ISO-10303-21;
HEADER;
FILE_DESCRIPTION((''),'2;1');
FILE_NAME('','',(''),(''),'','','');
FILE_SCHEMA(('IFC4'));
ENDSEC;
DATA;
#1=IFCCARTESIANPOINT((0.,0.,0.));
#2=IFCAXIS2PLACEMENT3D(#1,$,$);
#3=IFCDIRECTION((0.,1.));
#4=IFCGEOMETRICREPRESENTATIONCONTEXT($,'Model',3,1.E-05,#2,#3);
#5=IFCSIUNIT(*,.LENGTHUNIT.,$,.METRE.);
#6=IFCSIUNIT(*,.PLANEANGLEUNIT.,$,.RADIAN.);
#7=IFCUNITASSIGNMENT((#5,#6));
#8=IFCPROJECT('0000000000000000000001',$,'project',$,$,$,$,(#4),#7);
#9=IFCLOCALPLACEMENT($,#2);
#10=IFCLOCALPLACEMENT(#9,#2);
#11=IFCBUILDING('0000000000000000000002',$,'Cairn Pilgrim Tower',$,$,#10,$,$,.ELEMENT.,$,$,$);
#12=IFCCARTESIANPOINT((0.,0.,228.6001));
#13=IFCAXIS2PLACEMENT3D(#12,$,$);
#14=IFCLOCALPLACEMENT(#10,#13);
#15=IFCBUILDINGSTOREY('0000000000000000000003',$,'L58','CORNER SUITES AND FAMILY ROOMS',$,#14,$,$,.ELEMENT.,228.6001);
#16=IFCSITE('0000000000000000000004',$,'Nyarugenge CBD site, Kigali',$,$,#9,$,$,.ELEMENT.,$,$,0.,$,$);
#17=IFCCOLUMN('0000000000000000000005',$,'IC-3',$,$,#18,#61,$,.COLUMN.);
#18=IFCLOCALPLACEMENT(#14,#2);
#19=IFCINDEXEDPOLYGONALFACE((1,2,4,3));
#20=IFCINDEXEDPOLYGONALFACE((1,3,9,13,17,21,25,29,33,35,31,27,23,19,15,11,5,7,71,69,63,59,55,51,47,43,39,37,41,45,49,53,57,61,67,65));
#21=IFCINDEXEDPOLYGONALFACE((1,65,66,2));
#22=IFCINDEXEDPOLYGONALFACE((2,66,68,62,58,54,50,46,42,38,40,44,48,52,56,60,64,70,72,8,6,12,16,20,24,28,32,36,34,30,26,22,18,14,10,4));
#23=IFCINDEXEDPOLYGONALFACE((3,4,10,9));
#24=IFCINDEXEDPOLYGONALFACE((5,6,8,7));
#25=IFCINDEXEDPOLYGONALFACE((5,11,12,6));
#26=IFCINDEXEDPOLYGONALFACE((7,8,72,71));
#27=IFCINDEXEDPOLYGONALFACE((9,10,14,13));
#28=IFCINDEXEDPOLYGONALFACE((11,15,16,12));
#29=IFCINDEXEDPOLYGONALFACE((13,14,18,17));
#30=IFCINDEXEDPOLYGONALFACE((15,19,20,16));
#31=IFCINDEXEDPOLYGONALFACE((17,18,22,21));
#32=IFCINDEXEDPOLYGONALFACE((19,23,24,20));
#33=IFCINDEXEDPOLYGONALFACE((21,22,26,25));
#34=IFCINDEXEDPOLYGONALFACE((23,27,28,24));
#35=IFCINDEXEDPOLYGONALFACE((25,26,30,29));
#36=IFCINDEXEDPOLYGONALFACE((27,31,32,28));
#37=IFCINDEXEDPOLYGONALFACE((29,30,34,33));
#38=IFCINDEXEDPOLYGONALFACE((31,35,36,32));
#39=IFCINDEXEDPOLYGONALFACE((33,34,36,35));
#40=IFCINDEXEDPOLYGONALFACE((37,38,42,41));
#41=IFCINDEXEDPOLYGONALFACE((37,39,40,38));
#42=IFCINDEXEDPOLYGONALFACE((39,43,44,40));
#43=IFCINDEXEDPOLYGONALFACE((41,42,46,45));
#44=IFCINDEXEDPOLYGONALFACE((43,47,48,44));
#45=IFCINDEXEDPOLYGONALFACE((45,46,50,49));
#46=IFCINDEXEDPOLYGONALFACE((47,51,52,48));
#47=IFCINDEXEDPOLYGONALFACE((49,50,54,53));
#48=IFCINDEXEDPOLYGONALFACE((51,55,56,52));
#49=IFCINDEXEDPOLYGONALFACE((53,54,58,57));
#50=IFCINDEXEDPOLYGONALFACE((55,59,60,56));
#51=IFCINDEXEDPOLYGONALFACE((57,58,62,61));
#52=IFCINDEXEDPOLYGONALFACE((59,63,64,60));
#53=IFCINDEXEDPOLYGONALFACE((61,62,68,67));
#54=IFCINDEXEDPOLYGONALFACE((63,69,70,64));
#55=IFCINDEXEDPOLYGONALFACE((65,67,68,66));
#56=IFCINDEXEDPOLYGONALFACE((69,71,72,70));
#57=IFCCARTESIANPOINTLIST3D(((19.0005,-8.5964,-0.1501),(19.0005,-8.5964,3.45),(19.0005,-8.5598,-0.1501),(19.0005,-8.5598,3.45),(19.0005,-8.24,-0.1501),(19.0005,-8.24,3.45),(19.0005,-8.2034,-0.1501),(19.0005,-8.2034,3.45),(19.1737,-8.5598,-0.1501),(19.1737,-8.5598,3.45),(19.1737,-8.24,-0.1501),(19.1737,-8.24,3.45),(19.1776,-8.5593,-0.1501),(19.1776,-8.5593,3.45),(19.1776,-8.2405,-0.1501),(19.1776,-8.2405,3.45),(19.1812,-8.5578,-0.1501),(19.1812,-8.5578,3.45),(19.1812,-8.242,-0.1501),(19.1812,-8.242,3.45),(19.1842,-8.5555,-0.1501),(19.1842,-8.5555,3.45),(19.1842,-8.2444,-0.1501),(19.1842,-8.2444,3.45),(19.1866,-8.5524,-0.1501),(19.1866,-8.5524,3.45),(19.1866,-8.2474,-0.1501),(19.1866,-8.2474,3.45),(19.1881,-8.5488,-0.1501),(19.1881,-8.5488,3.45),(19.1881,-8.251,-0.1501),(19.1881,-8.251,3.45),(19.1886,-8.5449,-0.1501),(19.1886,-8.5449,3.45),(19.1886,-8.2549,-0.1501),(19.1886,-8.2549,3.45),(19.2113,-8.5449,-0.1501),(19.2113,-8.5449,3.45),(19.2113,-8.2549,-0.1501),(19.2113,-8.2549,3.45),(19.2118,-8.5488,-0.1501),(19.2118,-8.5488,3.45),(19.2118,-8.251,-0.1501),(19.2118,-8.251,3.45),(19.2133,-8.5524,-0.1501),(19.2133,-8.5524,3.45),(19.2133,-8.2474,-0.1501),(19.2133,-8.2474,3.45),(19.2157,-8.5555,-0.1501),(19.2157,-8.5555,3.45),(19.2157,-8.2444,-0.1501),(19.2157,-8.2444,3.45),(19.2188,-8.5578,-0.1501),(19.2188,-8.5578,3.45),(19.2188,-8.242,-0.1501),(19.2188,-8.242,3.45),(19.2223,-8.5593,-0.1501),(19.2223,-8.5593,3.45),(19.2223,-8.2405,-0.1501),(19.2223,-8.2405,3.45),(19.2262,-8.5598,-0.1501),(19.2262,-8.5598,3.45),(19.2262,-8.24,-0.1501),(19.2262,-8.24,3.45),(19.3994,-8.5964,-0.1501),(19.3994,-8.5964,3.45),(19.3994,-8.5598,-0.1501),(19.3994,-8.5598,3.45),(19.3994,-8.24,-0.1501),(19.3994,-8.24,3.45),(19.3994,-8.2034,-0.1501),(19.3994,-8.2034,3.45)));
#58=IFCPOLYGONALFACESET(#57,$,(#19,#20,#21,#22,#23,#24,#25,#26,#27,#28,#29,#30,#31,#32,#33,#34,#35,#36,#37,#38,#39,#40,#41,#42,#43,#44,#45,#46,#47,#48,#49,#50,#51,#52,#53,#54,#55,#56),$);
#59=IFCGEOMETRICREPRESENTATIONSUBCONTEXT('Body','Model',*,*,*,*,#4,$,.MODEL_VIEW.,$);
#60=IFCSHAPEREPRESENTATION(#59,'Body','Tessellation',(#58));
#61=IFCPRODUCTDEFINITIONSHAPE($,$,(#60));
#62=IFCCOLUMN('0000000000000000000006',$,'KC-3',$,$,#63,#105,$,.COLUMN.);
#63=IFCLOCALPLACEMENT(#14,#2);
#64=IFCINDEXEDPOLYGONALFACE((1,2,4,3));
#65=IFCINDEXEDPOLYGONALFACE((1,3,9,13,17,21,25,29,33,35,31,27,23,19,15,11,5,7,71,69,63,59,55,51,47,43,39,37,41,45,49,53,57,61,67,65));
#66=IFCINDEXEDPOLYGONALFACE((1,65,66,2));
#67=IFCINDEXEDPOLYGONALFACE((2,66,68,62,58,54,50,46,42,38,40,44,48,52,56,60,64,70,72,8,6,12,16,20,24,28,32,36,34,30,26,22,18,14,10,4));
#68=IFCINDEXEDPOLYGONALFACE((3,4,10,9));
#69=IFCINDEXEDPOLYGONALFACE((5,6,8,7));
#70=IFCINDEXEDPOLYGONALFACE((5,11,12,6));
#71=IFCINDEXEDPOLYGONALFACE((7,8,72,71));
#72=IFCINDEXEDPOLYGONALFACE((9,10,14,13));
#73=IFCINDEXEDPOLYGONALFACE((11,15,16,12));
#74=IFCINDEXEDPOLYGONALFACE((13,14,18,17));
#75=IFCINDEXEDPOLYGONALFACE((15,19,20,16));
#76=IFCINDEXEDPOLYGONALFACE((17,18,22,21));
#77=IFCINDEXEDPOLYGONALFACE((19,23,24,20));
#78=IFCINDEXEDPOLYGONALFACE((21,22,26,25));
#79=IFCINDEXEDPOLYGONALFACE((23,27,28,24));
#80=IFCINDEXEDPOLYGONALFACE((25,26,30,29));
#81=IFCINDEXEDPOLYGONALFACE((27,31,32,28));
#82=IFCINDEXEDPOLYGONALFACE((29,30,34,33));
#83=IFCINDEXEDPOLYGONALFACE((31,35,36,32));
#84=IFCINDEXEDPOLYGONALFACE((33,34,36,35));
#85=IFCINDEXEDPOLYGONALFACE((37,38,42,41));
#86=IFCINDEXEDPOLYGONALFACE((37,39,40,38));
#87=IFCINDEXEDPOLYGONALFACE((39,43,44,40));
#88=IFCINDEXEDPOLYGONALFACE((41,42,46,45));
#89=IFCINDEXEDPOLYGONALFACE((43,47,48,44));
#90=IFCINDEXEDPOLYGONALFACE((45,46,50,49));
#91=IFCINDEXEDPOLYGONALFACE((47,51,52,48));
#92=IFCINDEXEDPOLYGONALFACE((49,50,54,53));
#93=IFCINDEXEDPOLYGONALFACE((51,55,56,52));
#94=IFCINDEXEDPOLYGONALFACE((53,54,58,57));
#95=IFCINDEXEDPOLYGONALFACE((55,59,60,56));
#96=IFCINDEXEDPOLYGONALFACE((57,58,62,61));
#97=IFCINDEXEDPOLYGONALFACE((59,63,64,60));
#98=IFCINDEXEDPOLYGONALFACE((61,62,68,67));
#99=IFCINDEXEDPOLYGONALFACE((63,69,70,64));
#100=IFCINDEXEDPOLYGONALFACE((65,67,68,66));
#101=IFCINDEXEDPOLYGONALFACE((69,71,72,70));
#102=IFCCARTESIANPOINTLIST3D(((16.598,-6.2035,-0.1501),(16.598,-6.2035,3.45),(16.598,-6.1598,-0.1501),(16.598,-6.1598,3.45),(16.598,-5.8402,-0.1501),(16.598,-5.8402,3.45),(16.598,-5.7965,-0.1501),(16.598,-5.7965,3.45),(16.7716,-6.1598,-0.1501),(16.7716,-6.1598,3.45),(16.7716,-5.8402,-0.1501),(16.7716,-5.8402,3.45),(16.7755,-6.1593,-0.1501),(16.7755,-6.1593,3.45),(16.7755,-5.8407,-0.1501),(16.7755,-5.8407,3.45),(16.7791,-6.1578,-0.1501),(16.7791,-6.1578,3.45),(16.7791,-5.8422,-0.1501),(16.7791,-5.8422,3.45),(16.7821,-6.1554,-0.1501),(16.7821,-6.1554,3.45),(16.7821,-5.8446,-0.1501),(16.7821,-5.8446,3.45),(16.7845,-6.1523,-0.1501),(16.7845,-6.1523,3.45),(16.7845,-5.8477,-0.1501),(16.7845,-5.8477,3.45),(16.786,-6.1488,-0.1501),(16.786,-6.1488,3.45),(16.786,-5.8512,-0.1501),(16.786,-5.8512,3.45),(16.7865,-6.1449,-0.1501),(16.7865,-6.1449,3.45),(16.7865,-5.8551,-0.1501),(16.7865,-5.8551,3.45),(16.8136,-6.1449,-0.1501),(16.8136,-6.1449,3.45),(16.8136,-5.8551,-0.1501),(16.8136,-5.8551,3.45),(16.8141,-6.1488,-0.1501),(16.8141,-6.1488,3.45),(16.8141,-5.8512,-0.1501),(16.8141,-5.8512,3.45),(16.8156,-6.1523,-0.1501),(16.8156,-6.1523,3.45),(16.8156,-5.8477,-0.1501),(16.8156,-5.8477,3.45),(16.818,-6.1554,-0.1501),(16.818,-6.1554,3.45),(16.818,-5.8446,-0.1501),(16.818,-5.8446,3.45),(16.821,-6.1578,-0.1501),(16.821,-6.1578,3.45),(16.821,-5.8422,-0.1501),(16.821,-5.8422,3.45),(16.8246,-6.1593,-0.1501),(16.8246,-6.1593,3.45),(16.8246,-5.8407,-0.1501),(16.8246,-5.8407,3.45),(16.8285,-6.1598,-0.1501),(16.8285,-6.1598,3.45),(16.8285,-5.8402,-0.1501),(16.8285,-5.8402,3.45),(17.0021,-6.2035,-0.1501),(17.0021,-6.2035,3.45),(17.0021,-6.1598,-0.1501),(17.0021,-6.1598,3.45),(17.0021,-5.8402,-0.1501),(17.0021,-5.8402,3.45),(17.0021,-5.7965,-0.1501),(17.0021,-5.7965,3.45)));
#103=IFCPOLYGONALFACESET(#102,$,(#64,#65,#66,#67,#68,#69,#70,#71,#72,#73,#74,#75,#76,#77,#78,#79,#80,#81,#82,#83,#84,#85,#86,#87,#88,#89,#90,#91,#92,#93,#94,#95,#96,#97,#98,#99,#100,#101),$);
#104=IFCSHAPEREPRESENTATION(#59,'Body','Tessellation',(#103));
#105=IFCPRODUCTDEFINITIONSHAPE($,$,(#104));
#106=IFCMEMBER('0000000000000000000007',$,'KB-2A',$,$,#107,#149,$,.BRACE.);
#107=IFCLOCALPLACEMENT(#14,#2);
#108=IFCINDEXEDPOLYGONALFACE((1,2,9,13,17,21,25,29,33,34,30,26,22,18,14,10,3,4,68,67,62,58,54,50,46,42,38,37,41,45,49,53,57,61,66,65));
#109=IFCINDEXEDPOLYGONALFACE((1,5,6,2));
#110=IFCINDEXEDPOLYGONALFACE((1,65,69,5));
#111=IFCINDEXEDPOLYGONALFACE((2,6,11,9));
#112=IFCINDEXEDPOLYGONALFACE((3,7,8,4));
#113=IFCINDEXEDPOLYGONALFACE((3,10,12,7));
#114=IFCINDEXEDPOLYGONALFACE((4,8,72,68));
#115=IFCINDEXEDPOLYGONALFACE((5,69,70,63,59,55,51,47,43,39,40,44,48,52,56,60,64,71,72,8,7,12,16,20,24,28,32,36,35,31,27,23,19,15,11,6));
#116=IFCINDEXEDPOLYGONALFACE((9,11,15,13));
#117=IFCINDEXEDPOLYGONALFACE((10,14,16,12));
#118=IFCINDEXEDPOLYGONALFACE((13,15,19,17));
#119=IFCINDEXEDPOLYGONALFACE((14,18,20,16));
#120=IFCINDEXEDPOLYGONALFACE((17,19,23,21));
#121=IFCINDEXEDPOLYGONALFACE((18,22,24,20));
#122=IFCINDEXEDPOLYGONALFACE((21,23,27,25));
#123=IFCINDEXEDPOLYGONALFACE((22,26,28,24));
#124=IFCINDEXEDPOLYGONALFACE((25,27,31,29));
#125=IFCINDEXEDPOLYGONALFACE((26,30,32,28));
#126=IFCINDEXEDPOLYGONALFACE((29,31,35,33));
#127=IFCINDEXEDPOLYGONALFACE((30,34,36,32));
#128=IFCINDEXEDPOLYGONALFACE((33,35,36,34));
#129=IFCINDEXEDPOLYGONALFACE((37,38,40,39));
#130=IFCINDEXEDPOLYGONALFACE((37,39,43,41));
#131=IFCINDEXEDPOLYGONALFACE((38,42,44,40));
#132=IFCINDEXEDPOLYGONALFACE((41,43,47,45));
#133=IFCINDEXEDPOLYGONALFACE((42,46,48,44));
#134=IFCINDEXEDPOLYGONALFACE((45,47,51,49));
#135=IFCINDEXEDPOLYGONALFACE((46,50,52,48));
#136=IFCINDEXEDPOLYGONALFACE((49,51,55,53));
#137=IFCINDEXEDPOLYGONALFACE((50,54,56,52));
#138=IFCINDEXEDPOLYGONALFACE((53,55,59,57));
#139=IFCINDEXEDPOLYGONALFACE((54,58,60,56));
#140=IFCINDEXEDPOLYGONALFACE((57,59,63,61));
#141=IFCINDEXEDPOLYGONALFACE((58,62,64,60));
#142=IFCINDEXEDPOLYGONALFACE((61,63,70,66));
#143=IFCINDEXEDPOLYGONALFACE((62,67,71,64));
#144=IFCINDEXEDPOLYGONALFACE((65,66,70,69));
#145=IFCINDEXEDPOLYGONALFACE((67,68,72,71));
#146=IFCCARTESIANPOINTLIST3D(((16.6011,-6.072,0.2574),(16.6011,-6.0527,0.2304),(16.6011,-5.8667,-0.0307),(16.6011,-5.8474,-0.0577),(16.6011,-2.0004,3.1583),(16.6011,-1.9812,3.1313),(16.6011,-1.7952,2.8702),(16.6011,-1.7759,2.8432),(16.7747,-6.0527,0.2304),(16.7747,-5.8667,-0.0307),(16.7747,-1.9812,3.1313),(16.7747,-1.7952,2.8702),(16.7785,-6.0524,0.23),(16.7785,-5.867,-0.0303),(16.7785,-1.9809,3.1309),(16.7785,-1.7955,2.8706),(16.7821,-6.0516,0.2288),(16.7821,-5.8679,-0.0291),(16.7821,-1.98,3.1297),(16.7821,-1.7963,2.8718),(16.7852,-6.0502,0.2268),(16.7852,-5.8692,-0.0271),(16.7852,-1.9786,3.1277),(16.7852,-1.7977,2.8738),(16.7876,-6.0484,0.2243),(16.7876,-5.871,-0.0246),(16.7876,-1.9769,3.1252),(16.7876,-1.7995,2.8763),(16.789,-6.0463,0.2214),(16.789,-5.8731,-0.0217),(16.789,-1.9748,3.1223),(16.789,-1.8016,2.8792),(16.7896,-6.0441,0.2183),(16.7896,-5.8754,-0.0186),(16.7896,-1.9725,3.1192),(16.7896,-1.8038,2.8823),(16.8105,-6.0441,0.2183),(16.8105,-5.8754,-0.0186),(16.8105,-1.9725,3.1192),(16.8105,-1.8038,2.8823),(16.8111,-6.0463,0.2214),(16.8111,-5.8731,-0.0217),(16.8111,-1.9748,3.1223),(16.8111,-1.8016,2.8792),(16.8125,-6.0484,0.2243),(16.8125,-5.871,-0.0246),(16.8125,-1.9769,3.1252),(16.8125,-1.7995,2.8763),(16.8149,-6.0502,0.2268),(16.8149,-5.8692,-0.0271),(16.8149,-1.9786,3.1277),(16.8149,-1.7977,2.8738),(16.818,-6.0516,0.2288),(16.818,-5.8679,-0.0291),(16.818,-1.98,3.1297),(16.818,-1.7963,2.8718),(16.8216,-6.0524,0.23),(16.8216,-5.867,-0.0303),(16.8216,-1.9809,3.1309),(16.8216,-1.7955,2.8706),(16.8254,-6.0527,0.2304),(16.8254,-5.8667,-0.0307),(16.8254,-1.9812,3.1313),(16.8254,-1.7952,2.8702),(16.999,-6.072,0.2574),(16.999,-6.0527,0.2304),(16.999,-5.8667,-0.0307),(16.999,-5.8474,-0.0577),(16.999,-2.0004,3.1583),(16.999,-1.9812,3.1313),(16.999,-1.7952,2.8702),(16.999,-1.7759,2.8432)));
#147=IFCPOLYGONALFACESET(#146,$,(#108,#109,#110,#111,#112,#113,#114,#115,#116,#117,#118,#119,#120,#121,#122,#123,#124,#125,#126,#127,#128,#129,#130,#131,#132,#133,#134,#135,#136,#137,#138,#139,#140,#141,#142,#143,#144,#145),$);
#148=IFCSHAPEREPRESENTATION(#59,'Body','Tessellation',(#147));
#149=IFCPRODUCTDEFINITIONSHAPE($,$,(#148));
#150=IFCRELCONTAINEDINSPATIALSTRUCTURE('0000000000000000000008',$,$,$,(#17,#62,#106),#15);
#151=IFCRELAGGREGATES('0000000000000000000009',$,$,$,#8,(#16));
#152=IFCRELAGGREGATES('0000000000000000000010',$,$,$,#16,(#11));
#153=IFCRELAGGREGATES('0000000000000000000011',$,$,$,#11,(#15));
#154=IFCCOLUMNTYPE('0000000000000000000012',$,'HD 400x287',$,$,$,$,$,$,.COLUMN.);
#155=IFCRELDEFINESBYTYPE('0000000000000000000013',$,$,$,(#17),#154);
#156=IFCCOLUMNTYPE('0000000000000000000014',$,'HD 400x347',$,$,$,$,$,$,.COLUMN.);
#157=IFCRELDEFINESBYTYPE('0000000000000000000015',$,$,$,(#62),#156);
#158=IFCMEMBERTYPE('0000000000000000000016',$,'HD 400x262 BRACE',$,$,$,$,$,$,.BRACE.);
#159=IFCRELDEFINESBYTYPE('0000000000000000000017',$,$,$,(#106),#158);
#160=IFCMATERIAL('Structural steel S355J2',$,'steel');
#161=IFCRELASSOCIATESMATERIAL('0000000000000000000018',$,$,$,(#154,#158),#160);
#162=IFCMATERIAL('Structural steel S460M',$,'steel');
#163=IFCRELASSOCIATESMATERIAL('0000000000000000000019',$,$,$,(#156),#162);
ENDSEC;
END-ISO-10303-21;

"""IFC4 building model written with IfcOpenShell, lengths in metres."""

from ifc_helpers import new_model, si_unit, direction, frame, origin, origin_2d, place, context, subcontext, project, spatial, i_section, extrude, material, material_profile, profile_set, type_object, element, save


model = new_model("IFC4")

# Units and contexts
model_context = context("Model", 3, precision=1e-05, world=origin(), true_north=direction((0.0, 1.0)))
body_context = subcontext(model_context, "Body", "Model", "MODEL_VIEW")
ifc_project = project(units=[si_unit("LENGTHUNIT", "METRE"), si_unit("PLANEANGLEUNIT", "RADIAN")], contexts=[model_context])

# Site, building, storey
site_placement = place(None, origin())
site = spatial("IfcSite", under=ifc_project, at=site_placement, Name="Nyarugenge CBD site, Kigali", CompositionType="ELEMENT", RefElevation=0.0)
building_placement = place(site_placement, origin())
building = spatial("IfcBuilding", under=site, at=building_placement, Name="Cairn Pilgrim Tower", CompositionType="ELEMENT")
storey_placement = place(building_placement, frame((0.0, 0.0, 228.6001)))
storey = spatial("IfcBuildingStorey", under=building, at=storey_placement, Name="L58", Description="CORNER SUITES AND FAMILY ROOMS", CompositionType="ELEMENT", Elevation=228.6001)

# Columns
ifc_material_1 = material(Name="Structural steel S355J2", Category="steel")
ifc_material_profile_1 = material_profile(ifc_material_1, i_section(OverallWidth=0.3989, OverallDepth=0.3931, WebThickness=0.0227, FlangeThickness=0.0366, FilletRadius=0.0149, at=origin_2d()), Name="HD 400x287")
ifc_profile_set_1 = profile_set([ifc_material_profile_1], Name="Structural steel S355J2")
column_type_1 = type_object("IfcColumnType", Name="HD 400x287", PredefinedType="COLUMN", material=ifc_profile_set_1)
column_1_placement = place(storey_placement, frame((19.2, -8.3999, -0.1501), z_axis=(0.0, 0.0, 1.0), x_axis=(1.0, 0.0, 0.0)))
element("IfcColumn", 1, at=column_1_placement, inside=storey, type_object=column_type_1, Name="IC-3", PredefinedType="COLUMN", context=body_context, shape_type="SweptSolid", body=[
    extrude(i_section(OverallWidth=0.3989, OverallDepth=0.3931, WebThickness=0.0227, FlangeThickness=0.0366, FilletRadius=0.0149, at=origin_2d()), origin(), (0.0, 0.0, 1.0), 3.6001),
])
ifc_material_2 = material(Name="Structural steel S460M", Category="steel")
ifc_material_profile_2 = material_profile(ifc_material_2, i_section(OverallWidth=0.4041, OverallDepth=0.407, WebThickness=0.0271, FlangeThickness=0.0437, FilletRadius=0.0149, at=origin_2d()), Name="HD 400x347")
ifc_profile_set_2 = profile_set([ifc_material_profile_2], Name="Structural steel S460M")
column_type_2 = type_object("IfcColumnType", Name="HD 400x347", PredefinedType="COLUMN", material=ifc_profile_set_2)
column_2_placement = place(storey_placement, frame((16.8, -6.0, -0.1501), z_axis=(0.0, 0.0, 1.0), x_axis=(1.0, 0.0, 0.0)))
element("IfcColumn", 2, at=column_2_placement, inside=storey, type_object=column_type_2, Name="KC-3", PredefinedType="COLUMN", context=body_context, shape_type="SweptSolid", body=[
    extrude(i_section(OverallWidth=0.4041, OverallDepth=0.407, WebThickness=0.0271, FlangeThickness=0.0437, FilletRadius=0.0149, at=origin_2d()), origin(), (0.0, 0.0, 1.0), 3.6001),
])

# Member
ifc_material_profile_3 = material_profile(ifc_material_1, i_section(OverallWidth=0.3979, OverallDepth=0.387, WebThickness=0.021, FlangeThickness=0.0332, FilletRadius=0.0149, at=origin_2d()), Name="HD 400x262")
ifc_profile_set_3 = profile_set([ifc_material_profile_3], Name="Structural steel S355J2")
member_type = type_object("IfcMemberType", Name="HD 400x262 BRACE", PredefinedType="BRACE", material=ifc_profile_set_3)
member_placement = place(storey_placement, frame((16.8, -5.9597, 0.0999), z_axis=(0.0, 0.814429, 0.580263), x_axis=(-1.0, 0.0, 0.0)))
element("IfcMember", 3, at=member_placement, inside=storey, type_object=member_type, Name="KB-2A", PredefinedType="BRACE", context=body_context, shape_type="SweptSolid", body=[
    extrude(i_section(OverallWidth=0.3979, OverallDepth=0.387, WebThickness=0.021, FlangeThickness=0.0332, FilletRadius=0.0149, at=origin_2d()), origin(), (0.0, 0.0, 1.0), 4.9993),
])

save(model, "model.ifc")
